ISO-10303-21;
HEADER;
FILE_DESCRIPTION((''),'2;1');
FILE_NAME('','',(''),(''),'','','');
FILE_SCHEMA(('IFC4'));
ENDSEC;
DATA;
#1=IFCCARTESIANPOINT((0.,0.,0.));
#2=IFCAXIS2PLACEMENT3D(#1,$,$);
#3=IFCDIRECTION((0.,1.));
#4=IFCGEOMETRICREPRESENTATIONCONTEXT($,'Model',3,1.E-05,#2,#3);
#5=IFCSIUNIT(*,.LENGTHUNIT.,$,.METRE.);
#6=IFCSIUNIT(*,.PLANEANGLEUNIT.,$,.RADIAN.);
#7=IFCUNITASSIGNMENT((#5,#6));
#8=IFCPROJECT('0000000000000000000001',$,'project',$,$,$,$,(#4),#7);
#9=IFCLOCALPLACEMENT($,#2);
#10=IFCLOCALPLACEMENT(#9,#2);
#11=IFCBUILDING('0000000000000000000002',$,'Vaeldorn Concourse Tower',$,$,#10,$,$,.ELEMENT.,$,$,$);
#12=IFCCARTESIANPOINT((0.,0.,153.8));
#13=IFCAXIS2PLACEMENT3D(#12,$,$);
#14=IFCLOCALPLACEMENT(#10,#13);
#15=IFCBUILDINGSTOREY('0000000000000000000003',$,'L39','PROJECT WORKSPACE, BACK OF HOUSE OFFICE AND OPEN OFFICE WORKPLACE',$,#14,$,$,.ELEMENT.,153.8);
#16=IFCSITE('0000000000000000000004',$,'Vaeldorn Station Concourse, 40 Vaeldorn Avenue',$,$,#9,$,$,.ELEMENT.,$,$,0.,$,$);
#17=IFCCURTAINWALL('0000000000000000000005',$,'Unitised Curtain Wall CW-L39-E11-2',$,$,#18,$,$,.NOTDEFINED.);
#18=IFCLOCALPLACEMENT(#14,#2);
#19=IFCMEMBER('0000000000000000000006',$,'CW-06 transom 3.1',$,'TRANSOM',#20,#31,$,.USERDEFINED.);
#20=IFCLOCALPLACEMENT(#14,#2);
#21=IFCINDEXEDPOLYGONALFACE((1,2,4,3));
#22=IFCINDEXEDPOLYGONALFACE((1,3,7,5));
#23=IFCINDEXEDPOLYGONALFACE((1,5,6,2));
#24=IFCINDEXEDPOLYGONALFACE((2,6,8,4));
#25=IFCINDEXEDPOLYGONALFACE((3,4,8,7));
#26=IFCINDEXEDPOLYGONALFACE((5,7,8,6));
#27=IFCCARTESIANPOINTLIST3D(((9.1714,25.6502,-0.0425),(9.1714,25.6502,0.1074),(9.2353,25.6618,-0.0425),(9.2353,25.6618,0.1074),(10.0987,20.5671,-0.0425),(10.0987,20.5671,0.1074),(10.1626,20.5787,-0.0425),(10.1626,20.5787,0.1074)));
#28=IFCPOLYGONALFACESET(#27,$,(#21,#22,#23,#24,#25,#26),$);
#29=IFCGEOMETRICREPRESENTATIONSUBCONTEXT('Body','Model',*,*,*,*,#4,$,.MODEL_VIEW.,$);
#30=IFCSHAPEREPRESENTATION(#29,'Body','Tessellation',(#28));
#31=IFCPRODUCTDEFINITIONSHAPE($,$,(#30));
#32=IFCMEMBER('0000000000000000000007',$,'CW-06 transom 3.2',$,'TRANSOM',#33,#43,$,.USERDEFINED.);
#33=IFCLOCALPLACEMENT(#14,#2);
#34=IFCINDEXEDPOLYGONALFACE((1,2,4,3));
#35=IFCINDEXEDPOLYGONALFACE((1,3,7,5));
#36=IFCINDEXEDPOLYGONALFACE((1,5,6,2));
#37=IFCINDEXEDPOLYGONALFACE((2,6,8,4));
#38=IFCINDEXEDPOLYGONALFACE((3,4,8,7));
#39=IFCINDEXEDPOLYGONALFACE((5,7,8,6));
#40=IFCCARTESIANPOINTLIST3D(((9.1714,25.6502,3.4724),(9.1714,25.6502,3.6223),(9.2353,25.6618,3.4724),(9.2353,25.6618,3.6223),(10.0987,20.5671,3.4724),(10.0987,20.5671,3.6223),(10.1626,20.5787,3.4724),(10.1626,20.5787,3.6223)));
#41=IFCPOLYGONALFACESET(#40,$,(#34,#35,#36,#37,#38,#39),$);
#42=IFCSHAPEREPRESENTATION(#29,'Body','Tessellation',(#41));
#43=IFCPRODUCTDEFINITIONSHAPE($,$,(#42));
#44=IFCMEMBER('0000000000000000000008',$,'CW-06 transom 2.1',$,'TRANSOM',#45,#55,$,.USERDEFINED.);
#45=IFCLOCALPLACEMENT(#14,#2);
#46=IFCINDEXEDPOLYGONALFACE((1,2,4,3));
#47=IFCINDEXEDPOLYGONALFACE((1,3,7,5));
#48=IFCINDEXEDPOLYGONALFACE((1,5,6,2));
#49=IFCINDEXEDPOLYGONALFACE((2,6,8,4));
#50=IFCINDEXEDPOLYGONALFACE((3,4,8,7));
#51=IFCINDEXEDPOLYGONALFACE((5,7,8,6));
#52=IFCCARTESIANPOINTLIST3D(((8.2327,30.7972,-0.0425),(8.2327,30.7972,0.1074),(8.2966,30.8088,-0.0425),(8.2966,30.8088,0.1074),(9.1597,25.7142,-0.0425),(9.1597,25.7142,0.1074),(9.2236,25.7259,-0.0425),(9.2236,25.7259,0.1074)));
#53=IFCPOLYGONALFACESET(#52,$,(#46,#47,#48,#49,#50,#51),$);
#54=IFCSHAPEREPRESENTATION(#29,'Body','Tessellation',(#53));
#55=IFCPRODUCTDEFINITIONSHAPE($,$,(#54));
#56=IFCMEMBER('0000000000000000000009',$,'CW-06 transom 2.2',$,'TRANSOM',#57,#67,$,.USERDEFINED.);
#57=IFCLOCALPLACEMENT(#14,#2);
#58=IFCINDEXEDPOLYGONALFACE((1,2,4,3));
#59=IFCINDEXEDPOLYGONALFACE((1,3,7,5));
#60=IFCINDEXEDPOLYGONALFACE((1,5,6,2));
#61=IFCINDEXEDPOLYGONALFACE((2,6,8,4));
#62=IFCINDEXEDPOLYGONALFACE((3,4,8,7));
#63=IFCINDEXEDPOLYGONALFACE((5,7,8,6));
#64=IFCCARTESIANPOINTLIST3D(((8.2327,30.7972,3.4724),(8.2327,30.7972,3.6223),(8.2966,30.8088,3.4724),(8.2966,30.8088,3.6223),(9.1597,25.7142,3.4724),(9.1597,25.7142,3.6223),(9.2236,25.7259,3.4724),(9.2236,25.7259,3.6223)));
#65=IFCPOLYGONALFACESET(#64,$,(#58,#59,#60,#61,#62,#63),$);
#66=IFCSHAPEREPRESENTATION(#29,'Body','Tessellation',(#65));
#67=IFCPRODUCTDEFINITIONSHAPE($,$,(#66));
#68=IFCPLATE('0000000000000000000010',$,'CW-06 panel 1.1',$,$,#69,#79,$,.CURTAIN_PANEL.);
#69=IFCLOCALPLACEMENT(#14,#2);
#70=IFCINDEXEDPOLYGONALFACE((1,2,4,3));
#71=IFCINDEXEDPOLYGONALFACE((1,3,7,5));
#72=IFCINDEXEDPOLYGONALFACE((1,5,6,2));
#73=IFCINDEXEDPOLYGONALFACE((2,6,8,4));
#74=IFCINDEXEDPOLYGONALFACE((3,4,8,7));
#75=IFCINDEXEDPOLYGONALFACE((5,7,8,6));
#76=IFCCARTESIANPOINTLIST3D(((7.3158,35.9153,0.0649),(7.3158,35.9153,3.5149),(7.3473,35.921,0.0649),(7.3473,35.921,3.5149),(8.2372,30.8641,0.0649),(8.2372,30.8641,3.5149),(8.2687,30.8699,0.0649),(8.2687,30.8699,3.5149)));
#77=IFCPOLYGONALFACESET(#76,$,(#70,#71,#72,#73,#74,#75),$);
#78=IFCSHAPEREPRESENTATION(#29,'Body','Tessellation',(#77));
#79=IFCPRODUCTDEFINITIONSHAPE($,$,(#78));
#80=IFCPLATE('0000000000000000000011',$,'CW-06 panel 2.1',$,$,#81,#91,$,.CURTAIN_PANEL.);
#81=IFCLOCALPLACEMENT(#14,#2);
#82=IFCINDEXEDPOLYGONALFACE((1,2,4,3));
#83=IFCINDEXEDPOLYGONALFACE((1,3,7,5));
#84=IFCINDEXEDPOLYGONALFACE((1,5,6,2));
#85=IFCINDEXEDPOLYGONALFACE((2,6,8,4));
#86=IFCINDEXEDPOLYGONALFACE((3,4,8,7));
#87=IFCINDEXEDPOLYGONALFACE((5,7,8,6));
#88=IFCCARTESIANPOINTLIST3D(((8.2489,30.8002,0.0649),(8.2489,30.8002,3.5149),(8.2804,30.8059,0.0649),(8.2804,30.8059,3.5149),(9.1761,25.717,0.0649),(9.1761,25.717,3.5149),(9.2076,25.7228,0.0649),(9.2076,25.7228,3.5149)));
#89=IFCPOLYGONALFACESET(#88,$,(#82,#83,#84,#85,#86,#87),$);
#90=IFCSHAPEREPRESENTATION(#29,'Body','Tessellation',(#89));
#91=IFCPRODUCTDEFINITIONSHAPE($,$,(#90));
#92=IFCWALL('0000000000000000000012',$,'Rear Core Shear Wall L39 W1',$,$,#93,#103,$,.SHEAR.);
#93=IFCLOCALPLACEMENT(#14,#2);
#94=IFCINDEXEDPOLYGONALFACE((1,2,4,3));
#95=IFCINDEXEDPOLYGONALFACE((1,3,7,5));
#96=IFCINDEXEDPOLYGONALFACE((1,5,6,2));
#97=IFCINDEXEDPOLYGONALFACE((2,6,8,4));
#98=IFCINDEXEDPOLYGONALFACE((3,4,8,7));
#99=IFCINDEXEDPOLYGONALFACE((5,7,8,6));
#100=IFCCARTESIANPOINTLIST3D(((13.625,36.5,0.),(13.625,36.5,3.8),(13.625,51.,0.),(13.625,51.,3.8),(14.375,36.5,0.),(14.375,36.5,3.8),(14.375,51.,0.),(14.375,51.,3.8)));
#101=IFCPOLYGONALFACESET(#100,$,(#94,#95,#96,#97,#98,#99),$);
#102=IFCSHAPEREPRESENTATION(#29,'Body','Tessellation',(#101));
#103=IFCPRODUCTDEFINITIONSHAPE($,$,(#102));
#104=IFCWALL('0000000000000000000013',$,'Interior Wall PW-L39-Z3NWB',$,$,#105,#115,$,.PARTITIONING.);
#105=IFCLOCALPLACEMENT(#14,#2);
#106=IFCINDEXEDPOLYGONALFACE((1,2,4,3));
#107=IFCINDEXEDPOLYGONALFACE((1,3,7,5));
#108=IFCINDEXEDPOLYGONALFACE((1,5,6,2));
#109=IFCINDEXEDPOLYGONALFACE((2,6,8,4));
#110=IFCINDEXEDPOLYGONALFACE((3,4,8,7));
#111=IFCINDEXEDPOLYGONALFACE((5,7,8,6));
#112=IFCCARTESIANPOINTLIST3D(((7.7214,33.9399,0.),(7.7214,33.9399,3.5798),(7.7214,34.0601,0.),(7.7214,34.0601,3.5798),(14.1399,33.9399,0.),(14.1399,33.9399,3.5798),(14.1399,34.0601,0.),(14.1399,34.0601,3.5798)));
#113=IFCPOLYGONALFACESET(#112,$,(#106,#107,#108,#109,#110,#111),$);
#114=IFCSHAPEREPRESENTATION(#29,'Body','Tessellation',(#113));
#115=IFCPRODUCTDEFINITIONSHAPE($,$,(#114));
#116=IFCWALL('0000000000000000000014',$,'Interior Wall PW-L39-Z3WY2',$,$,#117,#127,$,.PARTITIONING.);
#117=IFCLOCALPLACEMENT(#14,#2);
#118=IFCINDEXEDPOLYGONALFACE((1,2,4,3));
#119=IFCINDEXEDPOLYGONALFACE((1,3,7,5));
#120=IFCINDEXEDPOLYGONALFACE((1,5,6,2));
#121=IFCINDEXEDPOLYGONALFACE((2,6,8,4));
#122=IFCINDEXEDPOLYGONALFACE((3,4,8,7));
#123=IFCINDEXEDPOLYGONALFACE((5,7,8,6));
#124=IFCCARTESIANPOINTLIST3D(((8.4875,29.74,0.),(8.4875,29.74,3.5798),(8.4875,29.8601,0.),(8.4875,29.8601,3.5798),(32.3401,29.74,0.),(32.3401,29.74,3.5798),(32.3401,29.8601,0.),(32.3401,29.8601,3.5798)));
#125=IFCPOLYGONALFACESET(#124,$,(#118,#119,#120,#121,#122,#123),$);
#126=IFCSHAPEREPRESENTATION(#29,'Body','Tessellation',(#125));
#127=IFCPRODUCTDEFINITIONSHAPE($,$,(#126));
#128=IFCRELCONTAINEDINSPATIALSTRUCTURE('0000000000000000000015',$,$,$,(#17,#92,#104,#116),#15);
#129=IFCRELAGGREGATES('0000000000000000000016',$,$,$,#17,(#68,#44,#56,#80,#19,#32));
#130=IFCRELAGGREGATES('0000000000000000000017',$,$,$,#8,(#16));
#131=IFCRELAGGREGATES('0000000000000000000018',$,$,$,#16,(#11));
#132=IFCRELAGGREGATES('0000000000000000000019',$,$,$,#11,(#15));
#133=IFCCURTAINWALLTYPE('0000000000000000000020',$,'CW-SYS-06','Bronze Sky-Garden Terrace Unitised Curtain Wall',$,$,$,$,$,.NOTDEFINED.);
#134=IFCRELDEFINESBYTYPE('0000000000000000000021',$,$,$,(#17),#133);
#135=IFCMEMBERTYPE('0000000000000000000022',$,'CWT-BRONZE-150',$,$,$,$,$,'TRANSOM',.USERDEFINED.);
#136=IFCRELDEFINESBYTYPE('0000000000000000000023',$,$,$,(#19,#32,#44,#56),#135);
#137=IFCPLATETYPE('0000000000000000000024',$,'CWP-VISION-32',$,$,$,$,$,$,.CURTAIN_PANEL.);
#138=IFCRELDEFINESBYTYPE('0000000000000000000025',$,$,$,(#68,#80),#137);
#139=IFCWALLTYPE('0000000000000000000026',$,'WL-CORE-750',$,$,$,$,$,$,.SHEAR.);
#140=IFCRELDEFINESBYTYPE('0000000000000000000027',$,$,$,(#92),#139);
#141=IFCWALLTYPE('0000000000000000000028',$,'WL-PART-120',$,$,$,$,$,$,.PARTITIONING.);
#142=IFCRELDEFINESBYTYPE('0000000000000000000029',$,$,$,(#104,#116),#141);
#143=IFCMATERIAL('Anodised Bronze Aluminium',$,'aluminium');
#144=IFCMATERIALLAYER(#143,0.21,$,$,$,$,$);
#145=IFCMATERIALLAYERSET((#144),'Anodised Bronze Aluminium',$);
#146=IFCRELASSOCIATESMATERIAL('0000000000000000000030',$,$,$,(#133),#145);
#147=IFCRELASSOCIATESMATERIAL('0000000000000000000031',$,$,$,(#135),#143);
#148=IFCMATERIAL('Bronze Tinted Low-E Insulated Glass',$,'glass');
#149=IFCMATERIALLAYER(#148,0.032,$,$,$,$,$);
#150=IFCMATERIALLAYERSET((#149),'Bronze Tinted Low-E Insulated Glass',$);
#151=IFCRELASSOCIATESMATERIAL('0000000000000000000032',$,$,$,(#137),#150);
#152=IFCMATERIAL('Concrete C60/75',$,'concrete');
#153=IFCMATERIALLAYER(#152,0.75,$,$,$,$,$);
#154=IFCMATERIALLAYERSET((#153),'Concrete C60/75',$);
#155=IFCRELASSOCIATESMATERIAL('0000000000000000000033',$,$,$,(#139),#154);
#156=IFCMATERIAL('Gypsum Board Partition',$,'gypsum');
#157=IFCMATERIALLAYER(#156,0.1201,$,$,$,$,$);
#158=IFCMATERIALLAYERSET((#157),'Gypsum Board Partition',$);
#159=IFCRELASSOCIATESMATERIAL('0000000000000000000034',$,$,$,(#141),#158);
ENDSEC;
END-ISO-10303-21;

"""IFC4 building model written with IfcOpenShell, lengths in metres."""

from ifc_helpers import new_model, si_unit, direction, frame, frame_2d, origin, origin_2d, place, context, subcontext, project, spatial, rectangle, extrude, source, transform, mapped, material, layer, layer_set, material_profile, profile_set, type_object, element, aggregate, save


model = new_model("IFC4")

# Units and contexts
model_context = context("Model", 3, precision=1e-05, world=origin(), true_north=direction((0.0, 1.0)))
body_context = subcontext(model_context, "Body", "Model", "MODEL_VIEW")
ifc_project = project(units=[si_unit("LENGTHUNIT", "METRE"), si_unit("PLANEANGLEUNIT", "RADIAN")], contexts=[model_context])

# Site, building, storey
site_placement = place(None, origin())
site = spatial("IfcSite", under=ifc_project, at=site_placement, Name="Vaeldorn Station Concourse, 40 Vaeldorn Avenue", CompositionType="ELEMENT", RefElevation=0.0)
building_placement = place(site_placement, origin())
building = spatial("IfcBuilding", under=site, at=building_placement, Name="Vaeldorn Concourse Tower", CompositionType="ELEMENT")
storey_placement = place(building_placement, frame((0.0, 0.0, 153.8)))
storey = spatial("IfcBuildingStorey", under=building, at=storey_placement, Name="L39", Description="PROJECT WORKSPACE, BACK OF HOUSE OFFICE AND OPEN OFFICE WORKPLACE", CompositionType="ELEMENT", Elevation=153.8)

# Shared definitions
ifc_material_1 = material(Name="Concrete C60/75", Category="concrete")

# Shared definitions
ifc_material_2 = material(Name="Anodised Bronze Aluminium", Category="aluminium")
ifc_layer_1 = layer(ifc_material_2, 0.21)
ifc_layer_set_1 = layer_set([ifc_layer_1], Name="Anodised Bronze Aluminium")
curtain_wall_type = type_object("IfcCurtainWallType", Name="CW-SYS-06", Description="Bronze Sky-Garden Terrace Unitised Curtain Wall", PredefinedType="NOTDEFINED", material=ifc_layer_set_1)

# Curtain wall, members, plates
curtain_wall_1_placement = place(storey_placement, origin())
curtain_wall_1 = element("IfcCurtainWall", 1, at=curtain_wall_1_placement, inside=storey, type_object=curtain_wall_type, Name="Unitised Curtain Wall CW-L39-E11-2", PredefinedType="NOTDEFINED")
ifc_material_profile_1 = material_profile(ifc_material_2, rectangle(XDim=0.0649, YDim=0.1499, at=origin_2d()), Name="CWT 65x150")
ifc_profile_set_1 = profile_set([ifc_material_profile_1], Name="Anodised Bronze Aluminium")
member_type_1 = type_object("IfcMemberType", Name="CWT-BRONZE-150", ElementType="TRANSOM", PredefinedType="USERDEFINED", material=ifc_profile_set_1)
shared_shape_1 = source(origin(), body_context, "Body", "SweptSolid", [
    extrude(rectangle(XDim=0.0649, YDim=0.1499, at=origin_2d()), origin(), (0.0, 0.0, 1.0), 5.167),
])
member_1_placement = place(storey_placement, frame((9.2034, 25.656, 0.0325), z_axis=(0.179459, -0.983765, 0.0), x_axis=(0.983765, 0.179459, 0.0)))
member_1 = element("IfcMember", 2, at=member_1_placement, type_object=member_type_1, Name="CW-06 transom 3.1", ObjectType="TRANSOM", PredefinedType="USERDEFINED", context=body_context, shape_type="MappedRepresentation", body=[
    mapped(shared_shape_1, transform((0.0, 0.0, 0.0), scale=1.0)),
])
member_2_placement = place(storey_placement, frame((9.2034, 25.656, 3.5474), z_axis=(0.179459, -0.983765, 0.0), x_axis=(0.983765, 0.179459, 0.0)))
member_2 = element("IfcMember", 3, at=member_2_placement, type_object=member_type_1, Name="CW-06 transom 3.2", ObjectType="TRANSOM", PredefinedType="USERDEFINED", context=body_context, shape_type="MappedRepresentation", body=[
    mapped(shared_shape_1, transform((0.0, 0.0, 0.0), scale=1.0)),
])
shared_shape_2 = source(origin(), body_context, "Body", "SweptSolid", [
    extrude(rectangle(XDim=0.0649, YDim=0.1499, at=origin_2d()), origin(), (0.0, 0.0, 1.0), 5.1667),
])
member_3_placement = place(storey_placement, frame((8.2646, 30.803, 0.0325), z_axis=(0.179413, -0.983774, 0.0), x_axis=(0.983774, 0.179413, 0.0)))
member_3 = element("IfcMember", 4, at=member_3_placement, type_object=member_type_1, Name="CW-06 transom 2.1", ObjectType="TRANSOM", PredefinedType="USERDEFINED", context=body_context, shape_type="MappedRepresentation", body=[
    mapped(shared_shape_2, transform((0.0, 0.0, 0.0), scale=1.0)),
])
member_4_placement = place(storey_placement, frame((8.2646, 30.803, 3.5474), z_axis=(0.179413, -0.983774, 0.0), x_axis=(0.983774, 0.179413, 0.0)))
member_4 = element("IfcMember", 5, at=member_4_placement, type_object=member_type_1, Name="CW-06 transom 2.2", ObjectType="TRANSOM", PredefinedType="USERDEFINED", context=body_context, shape_type="MappedRepresentation", body=[
    mapped(shared_shape_2, transform((0.0, 0.0, 0.0), scale=1.0)),
])
ifc_material_3 = material(Name="Bronze Tinted Low-E Insulated Glass", Category="glass")
ifc_layer_2 = layer(ifc_material_3, 0.032)
ifc_layer_set_2 = layer_set([ifc_layer_2], Name="Bronze Tinted Low-E Insulated Glass")
plate_type = type_object("IfcPlateType", Name="CWP-VISION-32", PredefinedType="CURTAIN_PANEL", material=ifc_layer_set_2)
shared_shape_3 = source(origin(), body_context, "Body", "SweptSolid", [
    extrude(rectangle(XDim=5.1345, YDim=0.032, at=origin_2d()), origin(), (0.0, 0.0, 1.0), 3.45),
])
plate_1_placement = place(storey_placement, frame((7.7922, 33.3926, 0.0649), z_axis=(0.0, 0.0, 1.0), x_axis=(0.179446, -0.983768, 0.0)))
plate_1 = element("IfcPlate", 6, at=plate_1_placement, type_object=plate_type, Name="CW-06 panel 1.1", PredefinedType="CURTAIN_PANEL", context=body_context, shape_type="MappedRepresentation", body=[
    mapped(shared_shape_3, transform((0.0, 0.0, 0.0), scale=1.0)),
])
shared_shape_4 = source(origin(), body_context, "Body", "SweptSolid", [
    extrude(rectangle(XDim=5.167, YDim=0.032, at=origin_2d()), origin(), (0.0, 0.0, 1.0), 3.45),
])
plate_2_placement = place(storey_placement, frame((8.7283, 28.2615, 0.0649), z_axis=(0.0, 0.0, 1.0), x_axis=(0.179446, -0.983768, 0.0)))
plate_2 = element("IfcPlate", 7, at=plate_2_placement, type_object=plate_type, Name="CW-06 panel 2.1", PredefinedType="CURTAIN_PANEL", context=body_context, shape_type="MappedRepresentation", body=[
    mapped(shared_shape_4, transform((0.0, 0.0, 0.0), scale=1.0)),
])
aggregate(curtain_wall_1, [plate_1, member_3, member_4, plate_2, member_1, member_2])

# Walls
ifc_layer_3 = layer(ifc_material_1, 0.75)
ifc_layer_set_3 = layer_set([ifc_layer_3], Name="Concrete C60/75")
wall_type_1 = type_object("IfcWallType", Name="WL-CORE-750", PredefinedType="SHEAR", material=ifc_layer_set_3)
wall_1_placement = place(storey_placement, frame((14.0, 36.5, 0.0), z_axis=(0.0, 0.0, 1.0), x_axis=(0.0, 1.0, 0.0)))
element("IfcWall", 8, at=wall_1_placement, inside=storey, type_object=wall_type_1, Name="Rear Core Shear Wall L39 W1", PredefinedType="SHEAR", context=body_context, shape_type="SweptSolid", body=[
    extrude(rectangle(XDim=14.5, YDim=0.75, at=frame_2d((7.25, 0.0))), origin(), (0.0, 0.0, 1.0), 3.8),
])
ifc_material_4 = material(Name="Gypsum Board Partition", Category="gypsum")
ifc_layer_4 = layer(ifc_material_4, 0.1201)
ifc_layer_set_4 = layer_set([ifc_layer_4], Name="Gypsum Board Partition")
wall_type_2 = type_object("IfcWallType", Name="WL-PART-120", PredefinedType="PARTITIONING", material=ifc_layer_set_4)
wall_2_placement = place(storey_placement, frame((7.7214, 34.0, 0.0), z_axis=(0.0, 0.0, 1.0), x_axis=(1.0, 0.0, 0.0)))
element("IfcWall", 9, at=wall_2_placement, inside=storey, type_object=wall_type_2, Name="Interior Wall PW-L39-Z3NWB", PredefinedType="PARTITIONING", context=body_context, shape_type="SweptSolid", body=[
    extrude(rectangle(XDim=6.4185, YDim=0.1201, at=frame_2d((3.2092, 0.0))), origin(), (0.0, 0.0, 1.0), 3.5798),
])
wall_3_placement = place(storey_placement, frame((8.4875, 29.8, 0.0), z_axis=(0.0, 0.0, 1.0), x_axis=(1.0, 0.0, 0.0)))
element("IfcWall", 10, at=wall_3_placement, inside=storey, type_object=wall_type_2, Name="Interior Wall PW-L39-Z3WY2", PredefinedType="PARTITIONING", context=body_context, shape_type="SweptSolid", body=[
    extrude(rectangle(XDim=23.8525, YDim=0.1201, at=frame_2d((11.9263, 0.0))), origin(), (0.0, 0.0, 1.0), 3.5798),
])

save(model, "model.ifc")
